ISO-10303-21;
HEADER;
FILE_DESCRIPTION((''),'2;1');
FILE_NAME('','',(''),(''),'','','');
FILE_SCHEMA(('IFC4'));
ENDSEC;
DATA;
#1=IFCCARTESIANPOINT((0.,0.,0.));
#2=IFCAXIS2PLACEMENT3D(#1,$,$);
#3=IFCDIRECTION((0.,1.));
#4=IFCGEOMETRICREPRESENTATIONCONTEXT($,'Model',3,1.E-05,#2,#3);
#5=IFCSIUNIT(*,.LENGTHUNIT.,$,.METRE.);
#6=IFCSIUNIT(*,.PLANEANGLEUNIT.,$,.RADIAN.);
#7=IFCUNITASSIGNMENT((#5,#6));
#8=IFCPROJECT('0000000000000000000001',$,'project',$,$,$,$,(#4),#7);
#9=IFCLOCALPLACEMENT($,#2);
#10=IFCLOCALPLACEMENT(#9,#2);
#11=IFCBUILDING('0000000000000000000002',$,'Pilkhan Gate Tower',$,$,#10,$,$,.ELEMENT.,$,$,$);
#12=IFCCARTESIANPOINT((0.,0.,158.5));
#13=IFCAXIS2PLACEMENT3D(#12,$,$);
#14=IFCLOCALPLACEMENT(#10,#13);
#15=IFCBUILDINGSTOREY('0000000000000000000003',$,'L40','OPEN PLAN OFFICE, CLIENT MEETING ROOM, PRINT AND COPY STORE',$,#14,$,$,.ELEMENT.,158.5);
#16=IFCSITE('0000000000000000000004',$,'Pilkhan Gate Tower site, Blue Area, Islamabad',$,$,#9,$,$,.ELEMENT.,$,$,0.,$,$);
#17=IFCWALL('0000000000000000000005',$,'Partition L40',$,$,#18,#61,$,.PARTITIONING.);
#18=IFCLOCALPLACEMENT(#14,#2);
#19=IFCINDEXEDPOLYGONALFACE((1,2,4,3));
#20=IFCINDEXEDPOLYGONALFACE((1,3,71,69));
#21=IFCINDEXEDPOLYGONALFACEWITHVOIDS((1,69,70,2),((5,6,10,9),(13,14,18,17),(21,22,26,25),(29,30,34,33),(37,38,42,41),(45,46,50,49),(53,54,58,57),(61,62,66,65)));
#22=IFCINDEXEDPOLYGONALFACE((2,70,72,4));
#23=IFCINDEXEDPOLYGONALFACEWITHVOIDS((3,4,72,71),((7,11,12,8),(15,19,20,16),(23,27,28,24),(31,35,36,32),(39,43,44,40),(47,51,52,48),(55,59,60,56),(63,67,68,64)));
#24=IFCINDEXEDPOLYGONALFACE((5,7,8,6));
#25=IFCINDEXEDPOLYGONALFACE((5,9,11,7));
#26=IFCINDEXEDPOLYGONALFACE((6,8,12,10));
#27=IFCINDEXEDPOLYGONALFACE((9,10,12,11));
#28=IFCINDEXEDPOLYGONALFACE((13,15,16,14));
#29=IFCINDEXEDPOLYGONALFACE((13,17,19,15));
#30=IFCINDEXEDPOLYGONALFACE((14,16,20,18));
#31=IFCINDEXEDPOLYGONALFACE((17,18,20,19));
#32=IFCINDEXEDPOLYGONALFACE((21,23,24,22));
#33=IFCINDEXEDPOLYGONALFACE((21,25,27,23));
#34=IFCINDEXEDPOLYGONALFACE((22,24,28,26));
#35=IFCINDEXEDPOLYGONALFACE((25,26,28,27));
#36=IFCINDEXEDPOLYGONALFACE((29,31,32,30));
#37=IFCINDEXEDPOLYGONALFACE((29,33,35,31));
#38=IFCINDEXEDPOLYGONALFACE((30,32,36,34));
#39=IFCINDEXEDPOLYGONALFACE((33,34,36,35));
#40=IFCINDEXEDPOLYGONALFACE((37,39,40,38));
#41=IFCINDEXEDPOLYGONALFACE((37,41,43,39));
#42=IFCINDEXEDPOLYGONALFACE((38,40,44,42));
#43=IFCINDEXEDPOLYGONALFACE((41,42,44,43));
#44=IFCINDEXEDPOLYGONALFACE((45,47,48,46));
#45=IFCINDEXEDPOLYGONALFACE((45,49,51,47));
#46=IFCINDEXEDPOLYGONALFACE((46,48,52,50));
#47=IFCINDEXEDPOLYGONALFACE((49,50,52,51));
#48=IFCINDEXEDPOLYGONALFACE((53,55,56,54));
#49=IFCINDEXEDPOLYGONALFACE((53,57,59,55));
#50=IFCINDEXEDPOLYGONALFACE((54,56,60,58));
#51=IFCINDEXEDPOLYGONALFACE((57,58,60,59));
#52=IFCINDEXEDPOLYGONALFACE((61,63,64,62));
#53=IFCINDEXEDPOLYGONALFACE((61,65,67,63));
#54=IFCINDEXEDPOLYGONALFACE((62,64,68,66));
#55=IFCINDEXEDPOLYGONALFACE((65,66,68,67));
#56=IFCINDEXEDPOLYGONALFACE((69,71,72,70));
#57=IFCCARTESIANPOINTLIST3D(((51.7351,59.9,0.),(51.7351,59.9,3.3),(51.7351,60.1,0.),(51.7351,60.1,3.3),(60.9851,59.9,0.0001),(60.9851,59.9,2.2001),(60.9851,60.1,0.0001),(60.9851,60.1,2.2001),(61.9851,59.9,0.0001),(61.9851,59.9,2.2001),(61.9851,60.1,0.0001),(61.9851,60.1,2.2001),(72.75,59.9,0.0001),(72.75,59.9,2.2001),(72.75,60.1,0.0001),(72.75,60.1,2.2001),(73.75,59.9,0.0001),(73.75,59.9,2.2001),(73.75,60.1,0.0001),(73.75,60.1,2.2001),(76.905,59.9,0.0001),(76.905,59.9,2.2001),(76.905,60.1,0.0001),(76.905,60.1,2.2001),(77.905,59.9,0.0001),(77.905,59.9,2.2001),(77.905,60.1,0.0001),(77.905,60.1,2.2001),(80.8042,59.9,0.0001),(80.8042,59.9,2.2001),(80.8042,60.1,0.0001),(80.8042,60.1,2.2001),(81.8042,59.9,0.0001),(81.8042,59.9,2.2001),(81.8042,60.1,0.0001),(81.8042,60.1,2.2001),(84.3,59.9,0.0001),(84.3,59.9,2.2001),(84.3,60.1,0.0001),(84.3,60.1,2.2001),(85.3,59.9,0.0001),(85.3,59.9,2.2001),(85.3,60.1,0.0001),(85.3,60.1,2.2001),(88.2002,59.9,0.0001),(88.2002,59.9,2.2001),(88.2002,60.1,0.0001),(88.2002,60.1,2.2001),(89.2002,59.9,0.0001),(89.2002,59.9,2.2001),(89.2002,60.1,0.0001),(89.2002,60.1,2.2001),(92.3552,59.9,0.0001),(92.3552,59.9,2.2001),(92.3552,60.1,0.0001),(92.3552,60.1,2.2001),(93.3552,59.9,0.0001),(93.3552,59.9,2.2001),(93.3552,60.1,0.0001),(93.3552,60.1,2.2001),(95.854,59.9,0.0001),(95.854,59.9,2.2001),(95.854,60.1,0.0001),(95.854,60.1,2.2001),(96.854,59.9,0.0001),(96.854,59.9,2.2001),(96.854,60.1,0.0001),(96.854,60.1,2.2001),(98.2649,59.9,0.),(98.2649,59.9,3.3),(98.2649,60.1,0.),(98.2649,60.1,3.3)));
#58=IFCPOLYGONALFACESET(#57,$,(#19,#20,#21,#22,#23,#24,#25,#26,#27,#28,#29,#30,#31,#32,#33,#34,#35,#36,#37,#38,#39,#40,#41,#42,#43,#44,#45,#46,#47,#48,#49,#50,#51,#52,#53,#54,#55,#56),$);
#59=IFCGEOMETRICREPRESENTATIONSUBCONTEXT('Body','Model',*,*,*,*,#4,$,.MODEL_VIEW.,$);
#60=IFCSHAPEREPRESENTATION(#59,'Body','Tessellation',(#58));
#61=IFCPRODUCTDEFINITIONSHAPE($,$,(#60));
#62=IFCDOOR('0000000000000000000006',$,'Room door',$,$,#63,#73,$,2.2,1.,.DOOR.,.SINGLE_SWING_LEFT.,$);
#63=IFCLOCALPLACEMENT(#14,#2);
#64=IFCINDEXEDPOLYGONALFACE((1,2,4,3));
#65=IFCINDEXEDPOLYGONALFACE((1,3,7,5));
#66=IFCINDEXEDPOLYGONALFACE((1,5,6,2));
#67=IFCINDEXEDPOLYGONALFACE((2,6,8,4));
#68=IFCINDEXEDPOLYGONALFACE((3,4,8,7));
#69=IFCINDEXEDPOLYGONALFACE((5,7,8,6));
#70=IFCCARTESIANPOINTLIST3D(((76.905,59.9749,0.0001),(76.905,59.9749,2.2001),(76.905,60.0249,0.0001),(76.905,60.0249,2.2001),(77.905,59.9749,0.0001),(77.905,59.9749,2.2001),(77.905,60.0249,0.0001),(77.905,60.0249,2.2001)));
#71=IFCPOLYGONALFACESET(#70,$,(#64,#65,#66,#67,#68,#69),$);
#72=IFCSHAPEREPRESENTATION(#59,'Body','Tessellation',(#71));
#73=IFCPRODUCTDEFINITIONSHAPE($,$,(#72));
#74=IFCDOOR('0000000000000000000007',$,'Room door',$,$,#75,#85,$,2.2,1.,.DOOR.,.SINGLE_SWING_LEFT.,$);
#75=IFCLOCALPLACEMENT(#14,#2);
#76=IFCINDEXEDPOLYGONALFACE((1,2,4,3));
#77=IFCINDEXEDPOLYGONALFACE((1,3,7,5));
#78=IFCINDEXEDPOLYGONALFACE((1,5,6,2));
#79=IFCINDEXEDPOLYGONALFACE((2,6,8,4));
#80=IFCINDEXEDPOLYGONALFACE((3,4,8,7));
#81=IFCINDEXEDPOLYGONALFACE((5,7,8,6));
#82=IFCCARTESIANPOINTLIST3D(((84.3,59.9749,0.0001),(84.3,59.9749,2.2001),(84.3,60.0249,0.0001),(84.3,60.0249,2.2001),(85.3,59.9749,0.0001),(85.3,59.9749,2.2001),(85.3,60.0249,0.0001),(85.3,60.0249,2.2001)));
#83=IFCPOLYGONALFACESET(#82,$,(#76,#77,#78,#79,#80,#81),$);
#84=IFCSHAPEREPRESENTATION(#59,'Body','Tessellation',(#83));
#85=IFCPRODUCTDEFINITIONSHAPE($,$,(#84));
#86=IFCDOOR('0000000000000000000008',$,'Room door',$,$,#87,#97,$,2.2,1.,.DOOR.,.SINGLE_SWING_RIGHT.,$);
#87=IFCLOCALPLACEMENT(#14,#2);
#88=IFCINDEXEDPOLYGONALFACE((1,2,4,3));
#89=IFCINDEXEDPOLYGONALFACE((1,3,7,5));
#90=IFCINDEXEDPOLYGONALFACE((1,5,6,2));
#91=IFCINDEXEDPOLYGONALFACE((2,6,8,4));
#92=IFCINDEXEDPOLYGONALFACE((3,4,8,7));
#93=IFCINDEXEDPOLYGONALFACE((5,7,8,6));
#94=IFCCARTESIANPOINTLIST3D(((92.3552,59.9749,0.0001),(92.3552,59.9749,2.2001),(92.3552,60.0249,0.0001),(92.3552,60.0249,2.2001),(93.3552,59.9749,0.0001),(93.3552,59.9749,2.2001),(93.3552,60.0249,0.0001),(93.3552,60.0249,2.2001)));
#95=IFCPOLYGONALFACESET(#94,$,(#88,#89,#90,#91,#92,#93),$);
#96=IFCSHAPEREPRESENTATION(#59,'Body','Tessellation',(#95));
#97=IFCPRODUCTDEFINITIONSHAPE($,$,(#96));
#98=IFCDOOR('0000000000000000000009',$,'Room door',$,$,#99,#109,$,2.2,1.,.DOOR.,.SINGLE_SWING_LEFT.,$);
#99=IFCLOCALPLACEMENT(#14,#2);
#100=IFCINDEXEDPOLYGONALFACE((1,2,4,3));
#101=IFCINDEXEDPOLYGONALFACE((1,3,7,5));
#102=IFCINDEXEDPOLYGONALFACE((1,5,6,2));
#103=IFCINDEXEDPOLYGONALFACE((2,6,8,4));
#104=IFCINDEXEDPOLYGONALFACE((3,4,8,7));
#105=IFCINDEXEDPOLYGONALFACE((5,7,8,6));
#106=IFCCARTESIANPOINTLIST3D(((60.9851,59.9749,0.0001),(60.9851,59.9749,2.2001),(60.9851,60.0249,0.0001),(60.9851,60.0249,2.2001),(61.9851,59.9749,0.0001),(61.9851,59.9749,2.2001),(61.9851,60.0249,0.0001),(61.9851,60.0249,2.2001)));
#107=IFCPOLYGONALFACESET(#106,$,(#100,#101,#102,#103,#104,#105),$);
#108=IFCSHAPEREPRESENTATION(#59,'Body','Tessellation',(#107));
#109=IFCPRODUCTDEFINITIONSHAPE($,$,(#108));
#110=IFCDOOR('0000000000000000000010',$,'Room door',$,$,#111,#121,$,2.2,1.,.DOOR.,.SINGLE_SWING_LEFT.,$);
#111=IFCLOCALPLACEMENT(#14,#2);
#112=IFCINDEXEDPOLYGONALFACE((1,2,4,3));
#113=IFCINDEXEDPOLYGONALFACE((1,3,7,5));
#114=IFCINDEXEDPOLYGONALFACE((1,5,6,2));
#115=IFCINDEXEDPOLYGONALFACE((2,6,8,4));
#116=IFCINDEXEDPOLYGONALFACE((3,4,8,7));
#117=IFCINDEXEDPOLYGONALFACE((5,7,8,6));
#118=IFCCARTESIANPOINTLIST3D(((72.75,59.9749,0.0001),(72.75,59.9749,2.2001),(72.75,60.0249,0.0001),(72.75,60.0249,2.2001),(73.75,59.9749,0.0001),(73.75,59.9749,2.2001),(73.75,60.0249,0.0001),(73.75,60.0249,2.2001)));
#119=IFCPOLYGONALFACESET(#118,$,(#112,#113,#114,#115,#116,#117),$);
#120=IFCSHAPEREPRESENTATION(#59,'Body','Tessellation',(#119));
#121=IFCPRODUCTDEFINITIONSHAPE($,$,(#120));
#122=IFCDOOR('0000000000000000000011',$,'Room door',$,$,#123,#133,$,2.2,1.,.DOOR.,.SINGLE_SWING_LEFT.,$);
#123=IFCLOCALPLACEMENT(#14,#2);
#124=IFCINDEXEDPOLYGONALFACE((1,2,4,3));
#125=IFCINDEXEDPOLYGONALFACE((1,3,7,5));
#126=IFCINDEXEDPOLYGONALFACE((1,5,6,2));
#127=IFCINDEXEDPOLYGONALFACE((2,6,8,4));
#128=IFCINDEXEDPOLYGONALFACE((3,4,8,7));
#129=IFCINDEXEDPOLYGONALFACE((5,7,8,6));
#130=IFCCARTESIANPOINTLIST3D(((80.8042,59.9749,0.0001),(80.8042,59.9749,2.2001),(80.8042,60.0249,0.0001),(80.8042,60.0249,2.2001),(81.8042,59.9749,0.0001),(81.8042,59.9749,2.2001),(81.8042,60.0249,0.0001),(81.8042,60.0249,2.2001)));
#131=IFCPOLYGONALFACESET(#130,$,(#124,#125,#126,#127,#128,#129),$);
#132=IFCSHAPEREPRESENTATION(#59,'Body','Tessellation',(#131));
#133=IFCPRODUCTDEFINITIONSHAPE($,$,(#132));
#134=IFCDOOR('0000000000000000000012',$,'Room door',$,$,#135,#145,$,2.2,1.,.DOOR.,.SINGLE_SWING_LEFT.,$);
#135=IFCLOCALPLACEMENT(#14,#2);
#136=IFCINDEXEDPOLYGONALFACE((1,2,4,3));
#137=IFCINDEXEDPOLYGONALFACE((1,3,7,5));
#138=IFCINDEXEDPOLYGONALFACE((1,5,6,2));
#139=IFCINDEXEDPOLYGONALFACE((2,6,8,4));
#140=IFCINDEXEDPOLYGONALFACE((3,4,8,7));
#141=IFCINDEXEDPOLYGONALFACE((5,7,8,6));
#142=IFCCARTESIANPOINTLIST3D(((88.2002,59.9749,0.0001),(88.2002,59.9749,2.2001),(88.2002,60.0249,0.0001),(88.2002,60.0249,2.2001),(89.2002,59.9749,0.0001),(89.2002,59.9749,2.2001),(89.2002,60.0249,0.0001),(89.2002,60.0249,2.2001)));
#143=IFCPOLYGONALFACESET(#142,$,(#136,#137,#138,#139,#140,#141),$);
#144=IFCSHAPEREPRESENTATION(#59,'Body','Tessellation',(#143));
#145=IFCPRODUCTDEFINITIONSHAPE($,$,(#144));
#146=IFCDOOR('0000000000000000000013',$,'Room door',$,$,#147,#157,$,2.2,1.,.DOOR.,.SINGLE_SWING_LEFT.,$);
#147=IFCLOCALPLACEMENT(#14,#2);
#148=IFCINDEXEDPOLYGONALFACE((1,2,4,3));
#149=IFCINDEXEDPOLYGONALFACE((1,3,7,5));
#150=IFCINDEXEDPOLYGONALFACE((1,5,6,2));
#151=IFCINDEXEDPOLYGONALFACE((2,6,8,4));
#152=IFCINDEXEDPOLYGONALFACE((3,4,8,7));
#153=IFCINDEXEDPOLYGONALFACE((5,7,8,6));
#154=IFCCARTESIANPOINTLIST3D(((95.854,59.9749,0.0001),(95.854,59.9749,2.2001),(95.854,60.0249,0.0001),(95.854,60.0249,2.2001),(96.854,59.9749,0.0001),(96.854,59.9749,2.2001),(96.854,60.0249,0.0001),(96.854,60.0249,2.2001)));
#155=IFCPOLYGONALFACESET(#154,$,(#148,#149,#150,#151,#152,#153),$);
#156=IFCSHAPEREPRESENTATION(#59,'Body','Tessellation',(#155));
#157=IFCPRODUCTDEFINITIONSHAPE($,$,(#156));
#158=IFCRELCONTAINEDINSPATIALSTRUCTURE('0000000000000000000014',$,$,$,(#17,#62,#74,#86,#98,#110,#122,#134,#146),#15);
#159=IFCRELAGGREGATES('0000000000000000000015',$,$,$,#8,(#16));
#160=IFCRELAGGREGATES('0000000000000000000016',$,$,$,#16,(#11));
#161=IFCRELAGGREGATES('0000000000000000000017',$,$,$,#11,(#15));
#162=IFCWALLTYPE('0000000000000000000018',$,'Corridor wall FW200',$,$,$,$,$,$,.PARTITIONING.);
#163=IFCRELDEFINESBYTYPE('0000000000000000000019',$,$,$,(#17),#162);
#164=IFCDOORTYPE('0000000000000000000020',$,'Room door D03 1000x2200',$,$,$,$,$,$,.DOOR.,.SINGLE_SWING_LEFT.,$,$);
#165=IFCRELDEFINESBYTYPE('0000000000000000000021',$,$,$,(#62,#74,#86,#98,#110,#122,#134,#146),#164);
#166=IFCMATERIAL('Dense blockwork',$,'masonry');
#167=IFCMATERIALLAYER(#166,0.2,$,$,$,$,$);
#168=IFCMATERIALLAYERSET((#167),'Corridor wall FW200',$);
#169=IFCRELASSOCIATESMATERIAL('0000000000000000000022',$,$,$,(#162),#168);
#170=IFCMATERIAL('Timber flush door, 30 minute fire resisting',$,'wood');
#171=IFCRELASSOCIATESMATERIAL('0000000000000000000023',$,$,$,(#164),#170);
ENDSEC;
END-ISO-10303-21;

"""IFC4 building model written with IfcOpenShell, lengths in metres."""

from ifc_helpers import new_model, si_unit, direction, frame, frame_2d, origin, place, context, subcontext, project, spatial, rectangle, extrude, material, layer, layer_set, type_object, element, fill, save


model = new_model("IFC4")

# Units and contexts
model_context = context("Model", 3, precision=1e-05, world=origin(), true_north=direction((0.0, 1.0)))
body_context = subcontext(model_context, "Body", "Model", "MODEL_VIEW")
ifc_project = project(units=[si_unit("LENGTHUNIT", "METRE"), si_unit("PLANEANGLEUNIT", "RADIAN")], contexts=[model_context])

# Site, building, storey
site_placement = place(None, origin())
site = spatial("IfcSite", under=ifc_project, at=site_placement, Name="Pilkhan Gate Tower site, Blue Area, Islamabad", CompositionType="ELEMENT", RefElevation=0.0)
building_placement = place(site_placement, origin())
building = spatial("IfcBuilding", under=site, at=building_placement, Name="Pilkhan Gate Tower", CompositionType="ELEMENT")
storey_placement = place(building_placement, frame((0.0, 0.0, 158.5)))
storey = spatial("IfcBuildingStorey", under=building, at=storey_placement, Name="L40", Description="OPEN PLAN OFFICE, CLIENT MEETING ROOM, PRINT AND COPY STORE", CompositionType="ELEMENT", Elevation=158.5)

# Wall, openings, doors
ifc_material_1 = material(Name="Dense blockwork", Category="masonry")
ifc_layer_1 = layer(ifc_material_1, 0.2)
ifc_layer_set_1 = layer_set([ifc_layer_1], Name="Corridor wall FW200")
wall_type_1 = type_object("IfcWallType", Name="Corridor wall FW200", PredefinedType="PARTITIONING", material=ifc_layer_set_1)
wall_1_placement = place(storey_placement, frame((51.7351, 60.0, 0.0), z_axis=(0.0, 0.0, 1.0), x_axis=(1.0, 0.0, 0.0)))
wall_1 = element("IfcWall", 1, at=wall_1_placement, inside=storey, type_object=wall_type_1, Name="Partition L40", PredefinedType="PARTITIONING", context=body_context, shape_type="SweptSolid", body=[
    extrude(rectangle(XDim=46.5298, YDim=0.2, at=frame_2d((23.2649, 0.0))), origin(), (0.0, 0.0, 1.0), 3.3),
])
opening_1_placement = place(wall_1_placement, frame((25.1699, 0.0, 0.0)))
opening_1 = element("IfcOpeningElement", 2, at=opening_1_placement, cuts=wall_1, PredefinedType="OPENING", context=body_context, shape_type="SweptSolid", body=[
    extrude(rectangle(XDim=1.0, YDim=2.2, at=frame_2d((0.5, 1.1001))), frame((0.0, 0.1099, 0.0), z_axis=(0.0, -1.0, 0.0), x_axis=(1.0, 0.0, 0.0)), (0.0, 0.0, 1.0), 0.22),
])
opening_2_placement = place(wall_1_placement, frame((32.5649, 0.0, 0.0)))
opening_2 = element("IfcOpeningElement", 3, at=opening_2_placement, cuts=wall_1, PredefinedType="OPENING", context=body_context, shape_type="SweptSolid", body=[
    extrude(rectangle(XDim=1.0, YDim=2.2, at=frame_2d((0.5, 1.1001))), frame((0.0, 0.1099, 0.0), z_axis=(0.0, -1.0, 0.0), x_axis=(1.0, 0.0, 0.0)), (0.0, 0.0, 1.0), 0.22),
])
opening_3_placement = place(wall_1_placement, frame((40.6201, 0.0, 0.0)))
opening_3 = element("IfcOpeningElement", 4, at=opening_3_placement, cuts=wall_1, PredefinedType="OPENING", context=body_context, shape_type="SweptSolid", body=[
    extrude(rectangle(XDim=1.0, YDim=2.2, at=frame_2d((0.5, 1.1001))), frame((0.0, 0.1099, 0.0), z_axis=(0.0, -1.0, 0.0), x_axis=(1.0, 0.0, 0.0)), (0.0, 0.0, 1.0), 0.22),
])
opening_4_placement = place(wall_1_placement, frame((9.25, 0.0, 0.0)))
opening_4 = element("IfcOpeningElement", 5, at=opening_4_placement, cuts=wall_1, PredefinedType="OPENING", context=body_context, shape_type="SweptSolid", body=[
    extrude(rectangle(XDim=1.0, YDim=2.2, at=frame_2d((0.5, 1.1001))), frame((0.0, 0.1099, 0.0), z_axis=(0.0, -1.0, 0.0), x_axis=(1.0, 0.0, 0.0)), (0.0, 0.0, 1.0), 0.22),
])
opening_5_placement = place(wall_1_placement, frame((21.0149, 0.0, 0.0)))
opening_5 = element("IfcOpeningElement", 6, at=opening_5_placement, cuts=wall_1, PredefinedType="OPENING", context=body_context, shape_type="SweptSolid", body=[
    extrude(rectangle(XDim=1.0, YDim=2.2, at=frame_2d((0.5, 1.1001))), frame((0.0, 0.1099, 0.0), z_axis=(0.0, -1.0, 0.0), x_axis=(1.0, 0.0, 0.0)), (0.0, 0.0, 1.0), 0.22),
])
opening_6_placement = place(wall_1_placement, frame((29.0691, 0.0, 0.0)))
opening_6 = element("IfcOpeningElement", 7, at=opening_6_placement, cuts=wall_1, PredefinedType="OPENING", context=body_context, shape_type="SweptSolid", body=[
    extrude(rectangle(XDim=1.0, YDim=2.2, at=frame_2d((0.5, 1.1001))), frame((0.0, 0.1099, 0.0), z_axis=(0.0, -1.0, 0.0), x_axis=(1.0, 0.0, 0.0)), (0.0, 0.0, 1.0), 0.22),
])
opening_7_placement = place(wall_1_placement, frame((36.4651, 0.0, 0.0)))
opening_7 = element("IfcOpeningElement", 8, at=opening_7_placement, cuts=wall_1, PredefinedType="OPENING", context=body_context, shape_type="SweptSolid", body=[
    extrude(rectangle(XDim=1.0, YDim=2.2, at=frame_2d((0.5, 1.1001))), frame((0.0, 0.1099, 0.0), z_axis=(0.0, -1.0, 0.0), x_axis=(1.0, 0.0, 0.0)), (0.0, 0.0, 1.0), 0.22),
])
opening_8_placement = place(wall_1_placement, frame((44.1189, 0.0, 0.0)))
opening_8 = element("IfcOpeningElement", 9, at=opening_8_placement, cuts=wall_1, PredefinedType="OPENING", context=body_context, shape_type="SweptSolid", body=[
    extrude(rectangle(XDim=1.0, YDim=2.2, at=frame_2d((0.5, 1.1001))), frame((0.0, 0.1099, 0.0), z_axis=(0.0, -1.0, 0.0), x_axis=(1.0, 0.0, 0.0)), (0.0, 0.0, 1.0), 0.22),
])
ifc_material_2 = material(Name="Timber flush door, 30 minute fire resisting", Category="wood")
door_type = type_object("IfcDoorType", Name="Room door D03 1000x2200", OperationType="SINGLE_SWING_LEFT", PredefinedType="DOOR", material=ifc_material_2)
door_1_placement = place(opening_1_placement, origin())
door_1 = element("IfcDoor", 10, at=door_1_placement, inside=storey, type_object=door_type, Name="Room door", OperationType="SINGLE_SWING_LEFT", OverallHeight=2.2, OverallWidth=1.0, PredefinedType="DOOR", context=body_context, shape_type="SweptSolid", body=[
    extrude(rectangle(XDim=1.0, YDim=2.2, at=frame_2d((0.5, 1.1001))), frame((0.0, 0.0249, 0.0), z_axis=(0.0, -1.0, 0.0), x_axis=(1.0, 0.0, 0.0)), (0.0, 0.0, 1.0), 0.05),
])
fill(opening_1, door_1)
door_2_placement = place(opening_2_placement, origin())
door_2 = element("IfcDoor", 11, at=door_2_placement, inside=storey, type_object=door_type, Name="Room door", OperationType="SINGLE_SWING_LEFT", OverallHeight=2.2, OverallWidth=1.0, PredefinedType="DOOR", context=body_context, shape_type="SweptSolid", body=[
    extrude(rectangle(XDim=1.0, YDim=2.2, at=frame_2d((0.5, 1.1001))), frame((0.0, 0.0249, 0.0), z_axis=(0.0, -1.0, 0.0), x_axis=(1.0, 0.0, 0.0)), (0.0, 0.0, 1.0), 0.05),
])
fill(opening_2, door_2)
door_3_placement = place(opening_3_placement, origin())
door_3 = element("IfcDoor", 12, at=door_3_placement, inside=storey, type_object=door_type, Name="Room door", OperationType="SINGLE_SWING_RIGHT", OverallHeight=2.2, OverallWidth=1.0, PredefinedType="DOOR", context=body_context, shape_type="SweptSolid", body=[
    extrude(rectangle(XDim=1.0, YDim=2.2, at=frame_2d((0.5, 1.1001))), frame((0.0, 0.0249, 0.0), z_axis=(0.0, -1.0, 0.0), x_axis=(1.0, 0.0, 0.0)), (0.0, 0.0, 1.0), 0.05),
])
fill(opening_3, door_3)
door_4_placement = place(opening_4_placement, origin())
door_4 = element("IfcDoor", 13, at=door_4_placement, inside=storey, type_object=door_type, Name="Room door", OperationType="SINGLE_SWING_LEFT", OverallHeight=2.2, OverallWidth=1.0, PredefinedType="DOOR", context=body_context, shape_type="SweptSolid", body=[
    extrude(rectangle(XDim=1.0, YDim=2.2, at=frame_2d((0.5, 1.1001))), frame((0.0, 0.0249, 0.0), z_axis=(0.0, -1.0, 0.0), x_axis=(1.0, 0.0, 0.0)), (0.0, 0.0, 1.0), 0.05),
])
fill(opening_4, door_4)
door_5_placement = place(opening_5_placement, origin())
door_5 = element("IfcDoor", 14, at=door_5_placement, inside=storey, type_object=door_type, Name="Room door", OperationType="SINGLE_SWING_LEFT", OverallHeight=2.2, OverallWidth=1.0, PredefinedType="DOOR", context=body_context, shape_type="SweptSolid", body=[
    extrude(rectangle(XDim=1.0, YDim=2.2, at=frame_2d((0.5, 1.1001))), frame((0.0, 0.0249, 0.0), z_axis=(0.0, -1.0, 0.0), x_axis=(1.0, 0.0, 0.0)), (0.0, 0.0, 1.0), 0.05),
])
fill(opening_5, door_5)
door_6_placement = place(opening_6_placement, origin())
door_6 = element("IfcDoor", 15, at=door_6_placement, inside=storey, type_object=door_type, Name="Room door", OperationType="SINGLE_SWING_LEFT", OverallHeight=2.2, OverallWidth=1.0, PredefinedType="DOOR", context=body_context, shape_type="SweptSolid", body=[
    extrude(rectangle(XDim=1.0, YDim=2.2, at=frame_2d((0.5, 1.1001))), frame((0.0, 0.0249, 0.0), z_axis=(0.0, -1.0, 0.0), x_axis=(1.0, 0.0, 0.0)), (0.0, 0.0, 1.0), 0.05),
])
fill(opening_6, door_6)
door_7_placement = place(opening_7_placement, origin())
door_7 = element("IfcDoor", 16, at=door_7_placement, inside=storey, type_object=door_type, Name="Room door", OperationType="SINGLE_SWING_LEFT", OverallHeight=2.2, OverallWidth=1.0, PredefinedType="DOOR", context=body_context, shape_type="SweptSolid", body=[
    extrude(rectangle(XDim=1.0, YDim=2.2, at=frame_2d((0.5, 1.1001))), frame((0.0, 0.0249, 0.0), z_axis=(0.0, -1.0, 0.0), x_axis=(1.0, 0.0, 0.0)), (0.0, 0.0, 1.0), 0.05),
])
fill(opening_7, door_7)
door_8_placement = place(opening_8_placement, origin())
door_8 = element("IfcDoor", 17, at=door_8_placement, inside=storey, type_object=door_type, Name="Room door", OperationType="SINGLE_SWING_LEFT", OverallHeight=2.2, OverallWidth=1.0, PredefinedType="DOOR", context=body_context, shape_type="SweptSolid", body=[
    extrude(rectangle(XDim=1.0, YDim=2.2, at=frame_2d((0.5, 1.1001))), frame((0.0, 0.0249, 0.0), z_axis=(0.0, -1.0, 0.0), x_axis=(1.0, 0.0, 0.0)), (0.0, 0.0, 1.0), 0.05),
])
fill(opening_8, door_8)

save(model, "model.ifc")
